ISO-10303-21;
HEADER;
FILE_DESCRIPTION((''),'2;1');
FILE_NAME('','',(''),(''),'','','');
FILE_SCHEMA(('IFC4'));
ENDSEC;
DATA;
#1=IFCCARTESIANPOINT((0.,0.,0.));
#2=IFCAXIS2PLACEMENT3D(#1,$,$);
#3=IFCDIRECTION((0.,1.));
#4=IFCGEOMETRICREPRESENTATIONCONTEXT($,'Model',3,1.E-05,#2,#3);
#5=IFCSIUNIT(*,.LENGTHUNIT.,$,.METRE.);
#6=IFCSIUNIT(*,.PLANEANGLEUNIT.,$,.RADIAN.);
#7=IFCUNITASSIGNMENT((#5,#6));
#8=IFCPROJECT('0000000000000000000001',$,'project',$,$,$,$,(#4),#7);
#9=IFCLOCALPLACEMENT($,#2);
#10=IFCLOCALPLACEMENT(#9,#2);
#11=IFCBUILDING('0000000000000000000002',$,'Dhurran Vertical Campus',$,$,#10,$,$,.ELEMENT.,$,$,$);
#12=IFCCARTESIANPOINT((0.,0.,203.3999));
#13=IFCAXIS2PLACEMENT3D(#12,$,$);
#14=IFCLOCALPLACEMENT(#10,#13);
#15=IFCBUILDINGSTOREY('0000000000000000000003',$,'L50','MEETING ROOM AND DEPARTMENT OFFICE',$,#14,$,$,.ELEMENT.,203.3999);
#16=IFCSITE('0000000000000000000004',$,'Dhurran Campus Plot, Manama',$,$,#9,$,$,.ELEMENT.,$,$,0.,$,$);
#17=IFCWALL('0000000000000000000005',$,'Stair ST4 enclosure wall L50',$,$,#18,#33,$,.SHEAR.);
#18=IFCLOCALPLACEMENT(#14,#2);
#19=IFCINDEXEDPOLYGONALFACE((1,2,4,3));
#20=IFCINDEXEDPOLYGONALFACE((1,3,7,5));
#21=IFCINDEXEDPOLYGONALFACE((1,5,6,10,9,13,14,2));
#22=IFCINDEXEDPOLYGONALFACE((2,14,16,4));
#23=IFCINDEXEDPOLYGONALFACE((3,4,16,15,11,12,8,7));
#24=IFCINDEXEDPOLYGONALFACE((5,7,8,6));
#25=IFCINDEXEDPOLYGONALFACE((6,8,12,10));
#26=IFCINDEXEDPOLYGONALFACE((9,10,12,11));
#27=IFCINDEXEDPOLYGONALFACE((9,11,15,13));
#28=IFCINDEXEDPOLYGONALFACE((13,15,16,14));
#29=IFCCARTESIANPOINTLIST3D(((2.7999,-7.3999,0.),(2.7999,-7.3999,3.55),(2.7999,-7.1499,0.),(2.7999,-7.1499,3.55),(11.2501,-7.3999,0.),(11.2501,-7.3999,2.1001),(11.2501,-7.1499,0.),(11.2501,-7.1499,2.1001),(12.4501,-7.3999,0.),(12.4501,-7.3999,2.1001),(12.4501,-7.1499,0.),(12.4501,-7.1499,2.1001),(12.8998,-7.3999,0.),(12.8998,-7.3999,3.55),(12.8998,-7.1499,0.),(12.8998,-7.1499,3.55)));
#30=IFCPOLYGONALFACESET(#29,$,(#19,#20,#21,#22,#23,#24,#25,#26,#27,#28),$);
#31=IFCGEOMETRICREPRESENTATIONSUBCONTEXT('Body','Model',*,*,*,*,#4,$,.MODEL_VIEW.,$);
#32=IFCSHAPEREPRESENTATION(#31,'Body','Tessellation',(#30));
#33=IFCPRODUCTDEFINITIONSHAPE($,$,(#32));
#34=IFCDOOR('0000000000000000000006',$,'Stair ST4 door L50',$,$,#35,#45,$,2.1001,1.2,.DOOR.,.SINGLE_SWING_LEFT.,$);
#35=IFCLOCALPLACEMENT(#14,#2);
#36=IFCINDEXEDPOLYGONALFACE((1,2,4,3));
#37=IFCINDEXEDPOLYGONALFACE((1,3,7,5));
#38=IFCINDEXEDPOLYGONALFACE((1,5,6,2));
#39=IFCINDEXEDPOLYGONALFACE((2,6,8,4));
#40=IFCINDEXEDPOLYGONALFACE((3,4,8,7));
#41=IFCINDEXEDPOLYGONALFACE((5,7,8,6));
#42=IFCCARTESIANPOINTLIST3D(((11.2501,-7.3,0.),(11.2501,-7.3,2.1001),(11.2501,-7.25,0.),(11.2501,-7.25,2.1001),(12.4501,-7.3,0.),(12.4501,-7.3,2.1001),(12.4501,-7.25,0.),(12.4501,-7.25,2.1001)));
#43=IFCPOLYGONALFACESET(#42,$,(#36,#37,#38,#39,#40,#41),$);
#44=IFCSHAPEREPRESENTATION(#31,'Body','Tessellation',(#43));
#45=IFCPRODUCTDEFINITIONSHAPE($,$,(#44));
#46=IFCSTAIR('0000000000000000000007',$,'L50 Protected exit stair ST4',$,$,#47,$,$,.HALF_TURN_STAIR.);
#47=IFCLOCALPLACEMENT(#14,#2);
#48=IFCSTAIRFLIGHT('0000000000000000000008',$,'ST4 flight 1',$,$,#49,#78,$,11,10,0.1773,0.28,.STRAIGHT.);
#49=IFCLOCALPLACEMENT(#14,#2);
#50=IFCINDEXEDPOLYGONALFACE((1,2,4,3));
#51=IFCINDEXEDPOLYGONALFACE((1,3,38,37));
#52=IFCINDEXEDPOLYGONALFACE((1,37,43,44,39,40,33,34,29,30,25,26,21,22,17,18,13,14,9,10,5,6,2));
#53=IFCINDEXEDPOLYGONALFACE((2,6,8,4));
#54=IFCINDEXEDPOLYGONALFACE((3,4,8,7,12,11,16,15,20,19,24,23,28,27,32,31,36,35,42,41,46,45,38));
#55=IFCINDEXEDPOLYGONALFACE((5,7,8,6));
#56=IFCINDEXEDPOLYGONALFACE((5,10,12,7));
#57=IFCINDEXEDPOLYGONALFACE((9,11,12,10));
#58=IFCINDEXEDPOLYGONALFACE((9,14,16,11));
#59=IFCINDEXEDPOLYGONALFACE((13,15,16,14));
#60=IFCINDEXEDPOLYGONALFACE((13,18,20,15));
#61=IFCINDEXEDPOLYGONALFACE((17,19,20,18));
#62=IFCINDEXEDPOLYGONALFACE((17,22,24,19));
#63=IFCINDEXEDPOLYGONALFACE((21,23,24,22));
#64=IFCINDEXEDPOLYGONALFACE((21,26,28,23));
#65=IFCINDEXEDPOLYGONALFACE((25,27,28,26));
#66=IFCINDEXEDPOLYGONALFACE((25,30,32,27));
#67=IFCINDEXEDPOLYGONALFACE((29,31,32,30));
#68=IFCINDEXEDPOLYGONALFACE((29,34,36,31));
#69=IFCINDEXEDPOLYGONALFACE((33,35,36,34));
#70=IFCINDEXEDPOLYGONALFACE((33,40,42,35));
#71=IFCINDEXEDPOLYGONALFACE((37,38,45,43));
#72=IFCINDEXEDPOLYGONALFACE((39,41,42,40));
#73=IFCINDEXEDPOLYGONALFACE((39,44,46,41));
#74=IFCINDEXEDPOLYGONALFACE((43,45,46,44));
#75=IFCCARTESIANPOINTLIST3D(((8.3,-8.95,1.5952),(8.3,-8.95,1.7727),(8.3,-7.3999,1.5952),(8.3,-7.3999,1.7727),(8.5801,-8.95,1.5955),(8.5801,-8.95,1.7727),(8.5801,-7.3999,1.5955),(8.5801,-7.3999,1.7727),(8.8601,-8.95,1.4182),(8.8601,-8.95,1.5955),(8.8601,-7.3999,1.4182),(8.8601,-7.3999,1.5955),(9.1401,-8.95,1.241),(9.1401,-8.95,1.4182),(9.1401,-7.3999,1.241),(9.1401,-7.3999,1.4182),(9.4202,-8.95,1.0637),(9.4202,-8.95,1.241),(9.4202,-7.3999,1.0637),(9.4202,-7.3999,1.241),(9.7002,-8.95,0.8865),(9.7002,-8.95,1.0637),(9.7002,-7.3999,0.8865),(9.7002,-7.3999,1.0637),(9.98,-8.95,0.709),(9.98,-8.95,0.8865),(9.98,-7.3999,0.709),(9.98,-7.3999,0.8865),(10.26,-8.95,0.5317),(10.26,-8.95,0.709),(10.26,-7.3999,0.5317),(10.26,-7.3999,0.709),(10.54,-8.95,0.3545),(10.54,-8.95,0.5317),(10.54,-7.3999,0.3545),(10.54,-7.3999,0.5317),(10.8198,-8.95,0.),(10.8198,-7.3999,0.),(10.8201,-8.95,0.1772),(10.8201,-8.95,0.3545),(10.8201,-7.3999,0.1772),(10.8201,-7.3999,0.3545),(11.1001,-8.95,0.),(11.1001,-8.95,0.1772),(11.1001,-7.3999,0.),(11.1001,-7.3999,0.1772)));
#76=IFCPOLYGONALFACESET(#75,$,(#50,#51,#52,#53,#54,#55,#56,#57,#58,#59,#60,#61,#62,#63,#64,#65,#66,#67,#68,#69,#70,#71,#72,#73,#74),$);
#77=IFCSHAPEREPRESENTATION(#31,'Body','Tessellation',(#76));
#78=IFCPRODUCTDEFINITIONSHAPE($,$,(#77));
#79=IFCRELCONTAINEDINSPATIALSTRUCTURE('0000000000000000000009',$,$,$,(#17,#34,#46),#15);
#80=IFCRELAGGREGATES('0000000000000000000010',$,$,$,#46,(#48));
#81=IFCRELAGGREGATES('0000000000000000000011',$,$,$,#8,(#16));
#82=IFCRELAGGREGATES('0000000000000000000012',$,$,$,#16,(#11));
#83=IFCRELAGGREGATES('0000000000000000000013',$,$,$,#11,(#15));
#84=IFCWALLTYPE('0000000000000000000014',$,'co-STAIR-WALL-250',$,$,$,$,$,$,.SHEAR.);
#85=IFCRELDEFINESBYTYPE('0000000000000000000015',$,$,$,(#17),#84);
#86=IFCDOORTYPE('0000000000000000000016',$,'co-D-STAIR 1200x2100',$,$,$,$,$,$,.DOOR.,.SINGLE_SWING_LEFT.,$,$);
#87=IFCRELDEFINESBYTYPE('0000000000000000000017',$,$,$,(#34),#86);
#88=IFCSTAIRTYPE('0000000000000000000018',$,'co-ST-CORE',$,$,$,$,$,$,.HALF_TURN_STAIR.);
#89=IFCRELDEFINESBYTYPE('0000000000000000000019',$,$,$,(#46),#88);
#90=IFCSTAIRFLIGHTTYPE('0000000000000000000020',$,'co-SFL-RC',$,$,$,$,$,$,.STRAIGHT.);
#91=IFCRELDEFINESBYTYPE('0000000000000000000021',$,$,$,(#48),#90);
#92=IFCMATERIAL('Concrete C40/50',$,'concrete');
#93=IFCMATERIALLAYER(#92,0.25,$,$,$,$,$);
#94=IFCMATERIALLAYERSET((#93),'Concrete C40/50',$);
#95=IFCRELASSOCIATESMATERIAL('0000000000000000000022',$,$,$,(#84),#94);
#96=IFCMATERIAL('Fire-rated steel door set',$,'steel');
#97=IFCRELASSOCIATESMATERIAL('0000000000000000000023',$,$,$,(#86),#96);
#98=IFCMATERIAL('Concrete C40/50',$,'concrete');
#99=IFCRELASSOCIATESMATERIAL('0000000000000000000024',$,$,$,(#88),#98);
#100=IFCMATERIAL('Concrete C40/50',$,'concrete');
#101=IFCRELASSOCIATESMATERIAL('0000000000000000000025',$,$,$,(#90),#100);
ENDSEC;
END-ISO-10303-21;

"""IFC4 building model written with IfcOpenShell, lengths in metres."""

from ifc_helpers import new_model, si_unit, direction, frame, frame_2d, origin, place, context, subcontext, project, spatial, polyline, rectangle, outline, extrude, material, layer, layer_set, type_object, element, fill, aggregate, save


model = new_model("IFC4")

# Units and contexts
model_context = context("Model", 3, precision=1e-05, world=origin(), true_north=direction((0.0, 1.0)))
body_context = subcontext(model_context, "Body", "Model", "MODEL_VIEW")
ifc_project = project(units=[si_unit("LENGTHUNIT", "METRE"), si_unit("PLANEANGLEUNIT", "RADIAN")], contexts=[model_context])

# Site, building, storey
site_placement = place(None, origin())
site = spatial("IfcSite", under=ifc_project, at=site_placement, Name="Dhurran Campus Plot, Manama", CompositionType="ELEMENT", RefElevation=0.0)
building_placement = place(site_placement, origin())
building = spatial("IfcBuilding", under=site, at=building_placement, Name="Dhurran Vertical Campus", CompositionType="ELEMENT")
storey_placement = place(building_placement, frame((0.0, 0.0, 203.3999)))
storey = spatial("IfcBuildingStorey", under=building, at=storey_placement, Name="L50", Description="MEETING ROOM AND DEPARTMENT OFFICE", CompositionType="ELEMENT", Elevation=203.3999)

# Wall, opening, door
ifc_material_1 = material(Name="Concrete C40/50", Category="concrete")
ifc_layer_1 = layer(ifc_material_1, 0.25)
ifc_layer_set_1 = layer_set([ifc_layer_1], Name="Concrete C40/50")
wall_type_1 = type_object("IfcWallType", Name="co-STAIR-WALL-250", PredefinedType="SHEAR", material=ifc_layer_set_1)
wall_1_placement = place(storey_placement, frame((2.8, -7.2749, 0.0), z_axis=(0.0, 0.0, 1.0), x_axis=(1.0, 0.0, 0.0)))
wall_1 = element("IfcWall", 1, at=wall_1_placement, inside=storey, type_object=wall_type_1, Name="Stair ST4 enclosure wall L50", PredefinedType="SHEAR", context=body_context, shape_type="SweptSolid", body=[
    extrude(rectangle(XDim=10.0999, YDim=0.25, at=frame_2d((5.0498, 0.0))), origin(), (0.0, 0.0, 1.0), 3.55),
])
opening_1_placement = place(wall_1_placement, frame((8.45, 0.0, 0.0)))
opening_1 = element("IfcOpeningElement", 2, at=opening_1_placement, cuts=wall_1, PredefinedType="OPENING", context=body_context, shape_type="SweptSolid", body=[
    extrude(rectangle(XDim=1.2, YDim=2.1001, at=frame_2d((0.6001, 1.05))), frame((0.0, 0.135, 0.0), z_axis=(0.0, -1.0, 0.0), x_axis=(1.0, 0.0, 0.0)), (0.0, 0.0, 1.0), 0.27),
])
ifc_material_2 = material(Name="Fire-rated steel door set", Category="steel")
door_type_1 = type_object("IfcDoorType", Name="co-D-STAIR 1200x2100", OperationType="SINGLE_SWING_LEFT", PredefinedType="DOOR", material=ifc_material_2)
door_1_placement = place(opening_1_placement, origin())
door_1 = element("IfcDoor", 3, at=door_1_placement, inside=storey, type_object=door_type_1, Name="Stair ST4 door L50", OperationType="SINGLE_SWING_LEFT", OverallHeight=2.1001, OverallWidth=1.2, PredefinedType="DOOR", context=body_context, shape_type="SweptSolid", body=[
    extrude(rectangle(XDim=1.2, YDim=2.1001, at=frame_2d((0.6001, 1.05))), frame((0.0, 0.0249, 0.0), z_axis=(0.0, -1.0, 0.0), x_axis=(1.0, 0.0, 0.0)), (0.0, 0.0, 1.0), 0.05),
])
fill(opening_1, door_1)

# Stair, stair flight
ifc_material_3 = material(Name="Concrete C40/50", Category="concrete")
stair_type = type_object("IfcStairType", Name="co-ST-CORE", PredefinedType="HALF_TURN_STAIR", material=ifc_material_3)
stair_placement = place(storey_placement, origin())
stair = element("IfcStair", 4, at=stair_placement, inside=storey, type_object=stair_type, Name="L50 Protected exit stair ST4", PredefinedType="HALF_TURN_STAIR")
ifc_material_4 = material(Name="Concrete C40/50", Category="concrete")
stair_flight_type = type_object("IfcStairFlightType", Name="co-SFL-RC", PredefinedType="STRAIGHT", material=ifc_material_4)
stair_flight_placement = place(storey_placement, frame((11.1001, -8.175, 0.0), z_axis=(0.0, 0.0, 1.0), x_axis=(-1.0, 0.0, 0.0)))
stair_flight = element("IfcStairFlight", 5, at=stair_flight_placement, type_object=stair_flight_type, Name="ST4 flight 1", NumberOfRisers=11, NumberOfTreads=10, PredefinedType="STRAIGHT", RiserHeight=0.1773, TreadLength=0.28, context=body_context, shape_type="SweptSolid", body=[
    extrude(outline(polyline([(0.0, 0.0), (0.0, 0.1772), (0.28, 0.1772), (0.28, 0.3545), (0.5601, 0.3545), (0.5601, 0.5317), (0.8401, 0.5317), (0.8401, 0.709), (1.1201, 0.709), (1.1201, 0.8865), (1.3999, 0.8865), (1.3999, 1.0637), (1.6799, 1.0637), (1.6799, 1.241), (1.96, 1.241), (1.96, 1.4182), (2.24, 1.4182), (2.24, 1.5955), (2.52, 1.5955), (2.52, 1.7727), (2.8, 1.7727), (2.8, 1.95), (2.8, 1.5952), (0.2803, 0.0), (0.0, 0.0)])), frame((0.0, 0.7749, 0.0), z_axis=(0.0, -1.0, 0.0), x_axis=(1.0, 0.0, 0.0)), (0.0, 0.0, 1.0), 1.55),
])
aggregate(stair, [stair_flight])

save(model, "model.ifc")
